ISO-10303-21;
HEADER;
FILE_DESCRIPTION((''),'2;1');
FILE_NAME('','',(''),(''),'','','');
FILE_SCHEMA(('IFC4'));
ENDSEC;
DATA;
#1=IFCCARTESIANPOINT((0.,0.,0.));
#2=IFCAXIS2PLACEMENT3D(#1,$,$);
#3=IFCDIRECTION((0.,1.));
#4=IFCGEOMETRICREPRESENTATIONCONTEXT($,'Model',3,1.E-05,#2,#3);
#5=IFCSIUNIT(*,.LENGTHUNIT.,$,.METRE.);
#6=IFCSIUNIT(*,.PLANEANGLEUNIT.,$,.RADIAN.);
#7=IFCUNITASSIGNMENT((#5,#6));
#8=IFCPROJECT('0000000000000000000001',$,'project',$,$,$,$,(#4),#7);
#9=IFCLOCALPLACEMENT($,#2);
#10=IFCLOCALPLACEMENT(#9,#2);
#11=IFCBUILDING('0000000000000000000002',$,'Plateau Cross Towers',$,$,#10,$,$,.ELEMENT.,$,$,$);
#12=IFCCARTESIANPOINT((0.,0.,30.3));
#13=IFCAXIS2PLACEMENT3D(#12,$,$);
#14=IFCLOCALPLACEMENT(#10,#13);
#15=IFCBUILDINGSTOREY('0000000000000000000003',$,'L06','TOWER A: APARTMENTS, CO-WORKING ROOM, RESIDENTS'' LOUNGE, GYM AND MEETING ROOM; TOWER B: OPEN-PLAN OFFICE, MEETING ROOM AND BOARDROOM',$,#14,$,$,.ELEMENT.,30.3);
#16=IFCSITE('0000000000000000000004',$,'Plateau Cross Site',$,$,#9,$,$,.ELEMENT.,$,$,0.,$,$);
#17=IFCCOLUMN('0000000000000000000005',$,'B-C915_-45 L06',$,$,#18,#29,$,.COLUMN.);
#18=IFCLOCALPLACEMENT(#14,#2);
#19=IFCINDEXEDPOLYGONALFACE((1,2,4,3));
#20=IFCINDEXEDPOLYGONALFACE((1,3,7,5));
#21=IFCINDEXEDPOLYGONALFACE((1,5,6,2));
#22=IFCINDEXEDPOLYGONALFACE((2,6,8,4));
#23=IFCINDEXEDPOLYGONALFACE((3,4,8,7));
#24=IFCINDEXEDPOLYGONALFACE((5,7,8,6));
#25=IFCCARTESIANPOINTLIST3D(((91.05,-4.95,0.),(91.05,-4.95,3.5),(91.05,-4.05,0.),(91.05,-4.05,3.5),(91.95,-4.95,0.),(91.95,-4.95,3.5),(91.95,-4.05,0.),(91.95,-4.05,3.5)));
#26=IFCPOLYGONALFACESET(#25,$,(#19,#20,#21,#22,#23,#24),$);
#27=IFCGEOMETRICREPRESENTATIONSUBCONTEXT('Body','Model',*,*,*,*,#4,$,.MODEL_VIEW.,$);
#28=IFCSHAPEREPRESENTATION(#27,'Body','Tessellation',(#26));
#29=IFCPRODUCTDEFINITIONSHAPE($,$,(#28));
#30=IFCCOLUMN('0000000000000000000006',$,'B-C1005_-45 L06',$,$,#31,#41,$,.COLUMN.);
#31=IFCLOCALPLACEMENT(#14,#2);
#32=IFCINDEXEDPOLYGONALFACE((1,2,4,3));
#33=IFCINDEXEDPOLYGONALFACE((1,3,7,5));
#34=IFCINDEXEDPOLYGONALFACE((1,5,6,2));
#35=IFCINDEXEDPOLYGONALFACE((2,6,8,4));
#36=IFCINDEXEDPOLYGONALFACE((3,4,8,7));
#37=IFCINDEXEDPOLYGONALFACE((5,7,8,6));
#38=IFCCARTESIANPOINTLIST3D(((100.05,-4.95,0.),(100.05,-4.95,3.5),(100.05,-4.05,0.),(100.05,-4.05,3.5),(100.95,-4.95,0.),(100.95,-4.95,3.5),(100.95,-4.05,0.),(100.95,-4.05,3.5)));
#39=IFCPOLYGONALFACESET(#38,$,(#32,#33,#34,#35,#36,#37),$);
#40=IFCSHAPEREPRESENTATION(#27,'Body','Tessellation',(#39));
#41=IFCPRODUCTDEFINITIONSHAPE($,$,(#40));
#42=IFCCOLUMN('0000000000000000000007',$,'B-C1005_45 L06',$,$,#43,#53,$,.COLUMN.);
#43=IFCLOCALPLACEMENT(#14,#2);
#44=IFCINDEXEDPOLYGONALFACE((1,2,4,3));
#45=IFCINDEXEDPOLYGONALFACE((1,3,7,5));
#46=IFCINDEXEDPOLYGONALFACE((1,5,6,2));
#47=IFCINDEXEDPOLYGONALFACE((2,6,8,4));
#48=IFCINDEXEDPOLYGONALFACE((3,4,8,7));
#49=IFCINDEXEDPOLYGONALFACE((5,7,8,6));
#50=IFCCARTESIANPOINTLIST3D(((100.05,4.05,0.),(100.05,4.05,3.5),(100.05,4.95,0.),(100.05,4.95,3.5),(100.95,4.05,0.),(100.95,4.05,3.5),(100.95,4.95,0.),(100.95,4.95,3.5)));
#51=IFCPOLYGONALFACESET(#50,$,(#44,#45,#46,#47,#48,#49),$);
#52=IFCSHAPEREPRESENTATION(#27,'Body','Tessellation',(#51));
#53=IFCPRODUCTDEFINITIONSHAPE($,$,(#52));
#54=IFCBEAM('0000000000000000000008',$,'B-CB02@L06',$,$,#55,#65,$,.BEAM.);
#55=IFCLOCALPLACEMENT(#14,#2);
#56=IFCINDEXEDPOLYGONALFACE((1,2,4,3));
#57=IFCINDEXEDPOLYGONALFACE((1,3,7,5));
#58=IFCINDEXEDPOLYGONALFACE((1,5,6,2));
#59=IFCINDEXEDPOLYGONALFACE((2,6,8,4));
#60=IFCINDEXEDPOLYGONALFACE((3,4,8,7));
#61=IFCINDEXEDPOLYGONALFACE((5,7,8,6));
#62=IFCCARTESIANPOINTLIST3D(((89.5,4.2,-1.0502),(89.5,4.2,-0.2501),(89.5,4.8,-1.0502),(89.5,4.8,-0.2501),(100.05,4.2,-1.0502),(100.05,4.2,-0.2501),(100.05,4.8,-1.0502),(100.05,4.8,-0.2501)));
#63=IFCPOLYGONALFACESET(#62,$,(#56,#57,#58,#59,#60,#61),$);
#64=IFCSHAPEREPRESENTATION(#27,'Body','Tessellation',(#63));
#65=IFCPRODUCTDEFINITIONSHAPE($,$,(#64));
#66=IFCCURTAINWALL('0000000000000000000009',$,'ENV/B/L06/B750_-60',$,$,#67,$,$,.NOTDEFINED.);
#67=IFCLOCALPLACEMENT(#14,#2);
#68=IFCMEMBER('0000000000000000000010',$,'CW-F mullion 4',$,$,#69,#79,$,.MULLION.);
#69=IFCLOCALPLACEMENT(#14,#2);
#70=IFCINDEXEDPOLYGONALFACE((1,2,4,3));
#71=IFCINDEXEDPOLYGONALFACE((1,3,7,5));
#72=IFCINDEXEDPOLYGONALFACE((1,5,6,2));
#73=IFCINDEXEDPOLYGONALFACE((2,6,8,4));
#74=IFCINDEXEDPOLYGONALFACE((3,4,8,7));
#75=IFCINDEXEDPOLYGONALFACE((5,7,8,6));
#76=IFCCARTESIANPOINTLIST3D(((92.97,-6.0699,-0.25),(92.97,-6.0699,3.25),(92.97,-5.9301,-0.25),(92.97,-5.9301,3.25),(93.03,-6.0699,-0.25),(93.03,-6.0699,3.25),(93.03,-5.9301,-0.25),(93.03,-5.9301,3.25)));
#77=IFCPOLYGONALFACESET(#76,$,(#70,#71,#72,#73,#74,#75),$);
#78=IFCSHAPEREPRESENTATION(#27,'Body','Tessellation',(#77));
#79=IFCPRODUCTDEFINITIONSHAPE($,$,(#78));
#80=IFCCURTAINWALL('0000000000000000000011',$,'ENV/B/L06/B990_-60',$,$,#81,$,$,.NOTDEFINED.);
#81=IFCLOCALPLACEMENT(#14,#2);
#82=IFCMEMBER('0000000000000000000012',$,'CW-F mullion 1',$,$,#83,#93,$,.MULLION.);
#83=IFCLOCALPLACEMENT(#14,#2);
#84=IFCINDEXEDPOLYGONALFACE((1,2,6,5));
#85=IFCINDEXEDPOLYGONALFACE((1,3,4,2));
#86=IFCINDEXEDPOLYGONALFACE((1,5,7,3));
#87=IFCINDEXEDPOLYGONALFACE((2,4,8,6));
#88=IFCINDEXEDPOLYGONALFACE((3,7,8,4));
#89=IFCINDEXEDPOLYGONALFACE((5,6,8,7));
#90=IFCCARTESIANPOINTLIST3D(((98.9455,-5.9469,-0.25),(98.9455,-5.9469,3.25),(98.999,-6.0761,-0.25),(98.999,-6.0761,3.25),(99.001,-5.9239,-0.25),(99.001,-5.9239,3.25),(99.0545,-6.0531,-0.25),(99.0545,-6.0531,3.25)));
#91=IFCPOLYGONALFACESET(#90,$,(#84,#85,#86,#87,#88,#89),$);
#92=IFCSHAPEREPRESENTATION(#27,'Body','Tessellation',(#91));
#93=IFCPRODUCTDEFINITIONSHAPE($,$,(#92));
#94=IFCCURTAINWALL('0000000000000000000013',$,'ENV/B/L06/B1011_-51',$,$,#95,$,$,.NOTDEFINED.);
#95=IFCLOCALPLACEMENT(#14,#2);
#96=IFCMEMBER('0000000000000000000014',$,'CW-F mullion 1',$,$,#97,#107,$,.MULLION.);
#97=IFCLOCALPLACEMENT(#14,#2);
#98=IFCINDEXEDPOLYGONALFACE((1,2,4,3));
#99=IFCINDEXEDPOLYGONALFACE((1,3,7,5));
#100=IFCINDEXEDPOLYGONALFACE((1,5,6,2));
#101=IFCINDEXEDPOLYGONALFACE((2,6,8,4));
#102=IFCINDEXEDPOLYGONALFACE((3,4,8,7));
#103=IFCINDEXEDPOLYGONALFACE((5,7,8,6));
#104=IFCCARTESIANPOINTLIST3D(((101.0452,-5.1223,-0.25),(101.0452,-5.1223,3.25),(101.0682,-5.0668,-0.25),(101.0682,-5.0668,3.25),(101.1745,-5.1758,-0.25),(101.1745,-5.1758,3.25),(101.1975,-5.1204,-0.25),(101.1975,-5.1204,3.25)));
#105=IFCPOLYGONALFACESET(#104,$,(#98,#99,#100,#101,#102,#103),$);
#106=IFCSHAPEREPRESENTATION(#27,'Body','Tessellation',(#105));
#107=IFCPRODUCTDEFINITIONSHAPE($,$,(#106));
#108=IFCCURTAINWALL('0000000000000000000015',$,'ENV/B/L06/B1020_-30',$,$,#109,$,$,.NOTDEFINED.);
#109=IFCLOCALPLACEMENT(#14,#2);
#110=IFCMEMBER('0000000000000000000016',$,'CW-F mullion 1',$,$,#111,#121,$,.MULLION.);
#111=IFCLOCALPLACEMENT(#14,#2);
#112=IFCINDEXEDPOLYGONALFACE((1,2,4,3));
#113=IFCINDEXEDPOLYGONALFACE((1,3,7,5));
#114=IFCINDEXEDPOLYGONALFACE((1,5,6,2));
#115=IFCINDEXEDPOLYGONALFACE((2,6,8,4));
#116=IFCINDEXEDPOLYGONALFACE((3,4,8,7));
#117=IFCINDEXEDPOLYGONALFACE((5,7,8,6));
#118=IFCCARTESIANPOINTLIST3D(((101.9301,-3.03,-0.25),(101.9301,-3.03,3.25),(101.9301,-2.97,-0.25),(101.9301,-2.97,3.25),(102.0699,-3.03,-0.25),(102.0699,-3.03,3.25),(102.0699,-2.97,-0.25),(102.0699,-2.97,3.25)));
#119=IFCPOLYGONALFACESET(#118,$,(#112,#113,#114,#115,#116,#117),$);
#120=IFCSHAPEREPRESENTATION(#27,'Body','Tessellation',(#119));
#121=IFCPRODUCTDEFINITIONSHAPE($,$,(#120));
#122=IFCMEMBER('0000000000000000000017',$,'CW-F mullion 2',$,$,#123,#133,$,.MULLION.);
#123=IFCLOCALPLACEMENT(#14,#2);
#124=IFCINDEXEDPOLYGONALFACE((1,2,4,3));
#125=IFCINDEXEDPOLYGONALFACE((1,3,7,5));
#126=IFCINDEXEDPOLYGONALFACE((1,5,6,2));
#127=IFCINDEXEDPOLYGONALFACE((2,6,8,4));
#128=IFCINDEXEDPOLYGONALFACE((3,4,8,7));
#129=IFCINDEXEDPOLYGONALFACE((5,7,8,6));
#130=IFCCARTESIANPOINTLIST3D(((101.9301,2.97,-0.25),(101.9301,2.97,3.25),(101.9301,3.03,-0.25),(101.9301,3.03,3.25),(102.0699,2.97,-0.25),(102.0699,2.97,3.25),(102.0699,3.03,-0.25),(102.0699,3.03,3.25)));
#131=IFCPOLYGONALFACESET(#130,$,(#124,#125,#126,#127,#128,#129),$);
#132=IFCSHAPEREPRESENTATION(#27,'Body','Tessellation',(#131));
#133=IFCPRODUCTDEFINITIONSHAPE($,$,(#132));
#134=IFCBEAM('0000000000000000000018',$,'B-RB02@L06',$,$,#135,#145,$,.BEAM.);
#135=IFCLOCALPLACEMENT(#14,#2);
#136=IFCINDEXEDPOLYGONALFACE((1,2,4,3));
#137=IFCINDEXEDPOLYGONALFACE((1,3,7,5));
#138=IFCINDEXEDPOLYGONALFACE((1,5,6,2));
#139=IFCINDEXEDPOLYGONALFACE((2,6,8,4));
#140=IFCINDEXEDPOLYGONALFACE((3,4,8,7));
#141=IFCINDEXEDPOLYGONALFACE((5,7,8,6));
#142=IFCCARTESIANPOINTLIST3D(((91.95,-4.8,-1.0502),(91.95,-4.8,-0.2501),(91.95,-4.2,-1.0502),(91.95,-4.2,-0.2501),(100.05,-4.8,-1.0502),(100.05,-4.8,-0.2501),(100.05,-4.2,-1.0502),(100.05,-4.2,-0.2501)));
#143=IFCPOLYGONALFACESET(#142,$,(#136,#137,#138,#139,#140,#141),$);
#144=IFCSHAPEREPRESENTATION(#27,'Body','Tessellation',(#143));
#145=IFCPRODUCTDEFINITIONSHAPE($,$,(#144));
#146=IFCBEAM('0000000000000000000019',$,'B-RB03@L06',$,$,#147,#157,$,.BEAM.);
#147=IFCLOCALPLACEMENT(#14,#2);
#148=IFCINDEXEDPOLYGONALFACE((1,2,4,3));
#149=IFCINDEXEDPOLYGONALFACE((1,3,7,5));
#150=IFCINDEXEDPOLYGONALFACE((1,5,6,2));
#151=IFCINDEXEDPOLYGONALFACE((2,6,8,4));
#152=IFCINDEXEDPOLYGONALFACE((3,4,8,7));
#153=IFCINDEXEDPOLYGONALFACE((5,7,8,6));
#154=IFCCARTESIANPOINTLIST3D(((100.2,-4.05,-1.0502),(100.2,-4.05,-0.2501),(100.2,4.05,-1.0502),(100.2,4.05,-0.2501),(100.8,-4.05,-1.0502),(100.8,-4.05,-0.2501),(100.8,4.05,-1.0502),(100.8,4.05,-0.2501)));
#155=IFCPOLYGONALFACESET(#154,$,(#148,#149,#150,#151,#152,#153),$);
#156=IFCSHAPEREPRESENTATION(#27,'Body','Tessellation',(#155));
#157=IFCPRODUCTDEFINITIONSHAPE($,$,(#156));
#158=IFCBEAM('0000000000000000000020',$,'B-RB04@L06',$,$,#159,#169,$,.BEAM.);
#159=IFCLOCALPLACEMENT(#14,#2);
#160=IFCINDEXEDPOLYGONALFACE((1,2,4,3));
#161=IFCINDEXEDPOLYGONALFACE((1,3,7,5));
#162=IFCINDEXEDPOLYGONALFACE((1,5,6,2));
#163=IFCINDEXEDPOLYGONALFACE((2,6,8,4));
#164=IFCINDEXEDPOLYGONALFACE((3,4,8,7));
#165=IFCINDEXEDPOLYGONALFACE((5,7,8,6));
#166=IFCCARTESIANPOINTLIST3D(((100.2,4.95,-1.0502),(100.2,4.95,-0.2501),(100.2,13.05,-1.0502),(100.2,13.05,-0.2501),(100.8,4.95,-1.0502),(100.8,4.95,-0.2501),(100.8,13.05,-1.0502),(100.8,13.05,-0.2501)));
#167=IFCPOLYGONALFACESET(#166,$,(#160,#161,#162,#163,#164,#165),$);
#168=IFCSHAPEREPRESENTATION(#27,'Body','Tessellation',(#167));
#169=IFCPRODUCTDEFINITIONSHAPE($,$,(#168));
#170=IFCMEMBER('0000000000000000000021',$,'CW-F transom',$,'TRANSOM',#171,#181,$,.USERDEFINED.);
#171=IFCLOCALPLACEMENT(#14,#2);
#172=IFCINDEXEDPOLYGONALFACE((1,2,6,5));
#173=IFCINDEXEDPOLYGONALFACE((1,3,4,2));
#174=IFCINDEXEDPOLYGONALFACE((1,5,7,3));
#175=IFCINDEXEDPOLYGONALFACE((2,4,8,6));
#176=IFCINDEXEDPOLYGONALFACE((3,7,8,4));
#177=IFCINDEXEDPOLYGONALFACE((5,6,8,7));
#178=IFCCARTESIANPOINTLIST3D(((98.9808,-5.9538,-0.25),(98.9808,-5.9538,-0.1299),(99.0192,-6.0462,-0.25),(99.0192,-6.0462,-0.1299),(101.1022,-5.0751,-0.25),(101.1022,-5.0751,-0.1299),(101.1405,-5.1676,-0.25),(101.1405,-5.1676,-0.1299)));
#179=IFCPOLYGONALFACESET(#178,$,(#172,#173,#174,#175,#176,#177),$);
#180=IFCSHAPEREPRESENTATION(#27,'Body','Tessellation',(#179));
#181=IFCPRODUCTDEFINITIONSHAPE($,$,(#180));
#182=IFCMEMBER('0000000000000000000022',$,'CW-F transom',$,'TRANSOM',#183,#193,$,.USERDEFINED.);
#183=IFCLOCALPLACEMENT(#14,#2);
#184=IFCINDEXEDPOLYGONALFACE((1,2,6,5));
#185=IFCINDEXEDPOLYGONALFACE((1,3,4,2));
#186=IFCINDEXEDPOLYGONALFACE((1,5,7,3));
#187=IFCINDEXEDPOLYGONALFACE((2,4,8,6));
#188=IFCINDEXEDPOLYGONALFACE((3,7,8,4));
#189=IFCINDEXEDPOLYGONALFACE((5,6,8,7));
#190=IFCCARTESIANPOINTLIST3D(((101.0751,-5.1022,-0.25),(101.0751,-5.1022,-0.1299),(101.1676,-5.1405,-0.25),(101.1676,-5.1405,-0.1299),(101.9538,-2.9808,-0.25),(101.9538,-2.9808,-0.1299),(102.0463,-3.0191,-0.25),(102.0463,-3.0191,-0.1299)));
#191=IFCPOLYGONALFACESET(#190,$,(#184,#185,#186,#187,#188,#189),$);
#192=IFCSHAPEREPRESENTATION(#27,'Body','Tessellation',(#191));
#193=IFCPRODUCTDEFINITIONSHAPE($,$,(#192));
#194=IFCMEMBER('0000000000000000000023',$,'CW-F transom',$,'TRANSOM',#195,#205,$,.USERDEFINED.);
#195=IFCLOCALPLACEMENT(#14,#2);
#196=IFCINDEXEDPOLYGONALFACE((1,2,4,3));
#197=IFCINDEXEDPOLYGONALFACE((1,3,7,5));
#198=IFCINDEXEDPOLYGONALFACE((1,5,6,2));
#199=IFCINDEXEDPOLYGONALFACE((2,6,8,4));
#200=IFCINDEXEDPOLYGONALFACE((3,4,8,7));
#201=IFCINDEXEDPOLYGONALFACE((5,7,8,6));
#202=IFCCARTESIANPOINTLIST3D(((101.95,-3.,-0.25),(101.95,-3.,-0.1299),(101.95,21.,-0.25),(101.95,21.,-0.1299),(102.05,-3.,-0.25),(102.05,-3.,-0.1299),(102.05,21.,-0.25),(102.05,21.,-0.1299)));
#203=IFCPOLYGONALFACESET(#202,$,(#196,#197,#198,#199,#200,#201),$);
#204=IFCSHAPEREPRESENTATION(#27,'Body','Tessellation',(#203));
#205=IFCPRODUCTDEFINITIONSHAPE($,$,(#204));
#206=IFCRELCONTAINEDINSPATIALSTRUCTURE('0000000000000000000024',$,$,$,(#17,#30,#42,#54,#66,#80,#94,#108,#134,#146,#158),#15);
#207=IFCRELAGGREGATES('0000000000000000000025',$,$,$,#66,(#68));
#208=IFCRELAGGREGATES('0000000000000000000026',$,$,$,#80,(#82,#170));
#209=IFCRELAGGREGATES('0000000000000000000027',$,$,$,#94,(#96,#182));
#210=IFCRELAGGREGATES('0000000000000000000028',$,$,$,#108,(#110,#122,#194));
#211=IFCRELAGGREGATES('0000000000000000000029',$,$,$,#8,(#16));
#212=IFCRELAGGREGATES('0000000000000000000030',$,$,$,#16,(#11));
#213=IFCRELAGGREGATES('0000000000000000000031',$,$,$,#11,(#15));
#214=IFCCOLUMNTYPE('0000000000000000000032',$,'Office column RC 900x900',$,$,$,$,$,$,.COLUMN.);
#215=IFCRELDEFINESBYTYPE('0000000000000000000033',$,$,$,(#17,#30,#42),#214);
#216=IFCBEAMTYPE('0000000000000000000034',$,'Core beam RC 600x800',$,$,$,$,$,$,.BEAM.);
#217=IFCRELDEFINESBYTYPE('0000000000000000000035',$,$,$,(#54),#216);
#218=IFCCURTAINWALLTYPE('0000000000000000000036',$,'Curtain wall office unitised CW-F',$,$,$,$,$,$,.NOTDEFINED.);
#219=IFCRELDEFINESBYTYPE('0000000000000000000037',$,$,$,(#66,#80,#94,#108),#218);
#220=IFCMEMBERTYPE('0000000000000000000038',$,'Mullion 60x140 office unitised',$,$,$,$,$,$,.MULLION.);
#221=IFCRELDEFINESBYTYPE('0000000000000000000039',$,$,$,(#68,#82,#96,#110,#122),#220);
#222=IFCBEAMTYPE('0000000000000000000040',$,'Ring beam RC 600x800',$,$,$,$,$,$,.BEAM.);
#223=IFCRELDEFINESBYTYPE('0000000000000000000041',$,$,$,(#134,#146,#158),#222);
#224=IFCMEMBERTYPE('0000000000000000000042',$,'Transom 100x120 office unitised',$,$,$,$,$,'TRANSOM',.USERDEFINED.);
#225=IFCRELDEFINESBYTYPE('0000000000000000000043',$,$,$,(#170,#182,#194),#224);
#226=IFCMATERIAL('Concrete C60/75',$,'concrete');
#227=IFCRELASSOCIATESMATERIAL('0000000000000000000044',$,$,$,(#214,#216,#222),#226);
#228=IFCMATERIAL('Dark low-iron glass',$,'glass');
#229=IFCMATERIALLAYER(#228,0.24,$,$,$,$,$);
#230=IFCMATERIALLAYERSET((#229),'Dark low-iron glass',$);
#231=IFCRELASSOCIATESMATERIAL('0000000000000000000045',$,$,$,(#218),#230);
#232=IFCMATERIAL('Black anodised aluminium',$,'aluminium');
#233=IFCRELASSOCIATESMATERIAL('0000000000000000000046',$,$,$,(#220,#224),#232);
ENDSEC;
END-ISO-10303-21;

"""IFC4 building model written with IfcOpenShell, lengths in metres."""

from ifc_helpers import new_model, si_unit, direction, frame, origin, origin_2d, place, context, subcontext, project, spatial, rectangle, extrude, material, layer, layer_set, material_profile, profile_set, type_object, element, aggregate, save


model = new_model("IFC4")

# Units and contexts
model_context = context("Model", 3, precision=1e-05, world=origin(), true_north=direction((0.0, 1.0)))
body_context = subcontext(model_context, "Body", "Model", "MODEL_VIEW")
ifc_project = project(units=[si_unit("LENGTHUNIT", "METRE"), si_unit("PLANEANGLEUNIT", "RADIAN")], contexts=[model_context])

# Site, building, storey
site_placement = place(None, origin())
site = spatial("IfcSite", under=ifc_project, at=site_placement, Name="Plateau Cross Site", CompositionType="ELEMENT", RefElevation=0.0)
building_placement = place(site_placement, origin())
building = spatial("IfcBuilding", under=site, at=building_placement, Name="Plateau Cross Towers", CompositionType="ELEMENT")
storey_placement = place(building_placement, frame((0.0, 0.0, 30.3)))
storey = spatial("IfcBuildingStorey", under=building, at=storey_placement, Name="L06", Description="TOWER A: APARTMENTS, CO-WORKING ROOM, RESIDENTS' LOUNGE, GYM AND MEETING ROOM; TOWER B: OPEN-PLAN OFFICE, MEETING ROOM AND BOARDROOM", CompositionType="ELEMENT", Elevation=30.3)

# Columns
ifc_material_1 = material(Name="Concrete C60/75", Category="concrete")
ifc_material_profile_1 = material_profile(ifc_material_1, rectangle(XDim=0.8999, YDim=0.8999, at=origin_2d()), Name="RC 900x900")
ifc_profile_set_1 = profile_set([ifc_material_profile_1], Name="Concrete C60/75")
column_type = type_object("IfcColumnType", Name="Office column RC 900x900", PredefinedType="COLUMN", material=ifc_profile_set_1)
for number, where, z_axis, x_axis, name in (
    (1, (91.5, -4.5, 0.0), (0.0, 0.0, 1.0), (1.0, 0.0, 0.0), "B-C915_-45 L06"),
    (2, (100.5, -4.5, 0.0), (0.0, 0.0, 1.0), (1.0, 0.0, 0.0), "B-C1005_-45 L06"),
    (3, (100.5, 4.5, 0.0), (0.0, 0.0, 1.0), (1.0, 0.0, 0.0), "B-C1005_45 L06"),
):
    element("IfcColumn", number, at=place(storey_placement, frame(where, z_axis=z_axis, x_axis=x_axis)), inside=storey, type_object=column_type, Name=name, PredefinedType="COLUMN", context=body_context, shape_type="SweptSolid", body=[
        extrude(rectangle(XDim=0.8999, YDim=0.8999, at=origin_2d()), origin(), (0.0, 0.0, 1.0), 3.5),
    ])

# Beam
ifc_material_profile_2 = material_profile(ifc_material_1, rectangle(XDim=0.6001, YDim=0.8, at=origin_2d()), Name="RC 600x800")
ifc_profile_set_2 = profile_set([ifc_material_profile_2], Name="Concrete C60/75")
beam_type_1 = type_object("IfcBeamType", Name="Core beam RC 600x800", PredefinedType="BEAM", material=ifc_profile_set_2)
beam_placement = place(storey_placement, frame((89.5, 4.5, -0.6501), z_axis=(1.0, 0.0, 0.0), x_axis=(0.0, 1.0, 0.0)))
element("IfcBeam", 4, at=beam_placement, inside=storey, type_object=beam_type_1, Name="B-CB02@L06", PredefinedType="BEAM", context=body_context, shape_type="SweptSolid", body=[
    extrude(rectangle(XDim=0.6001, YDim=0.8, at=origin_2d()), origin(), (0.0, 0.0, 1.0), 10.55),
])

# Curtain walls, members
ifc_material_2 = material(Name="Dark low-iron glass", Category="glass")
ifc_layer_1 = layer(ifc_material_2, 0.24)
ifc_layer_set_1 = layer_set([ifc_layer_1], Name="Dark low-iron glass")
curtain_wall_type = type_object("IfcCurtainWallType", Name="Curtain wall office unitised CW-F", PredefinedType="NOTDEFINED", material=ifc_layer_set_1)
curtain_wall_1_placement = place(storey_placement, origin())
curtain_wall_1 = element("IfcCurtainWall", 5, at=curtain_wall_1_placement, inside=storey, type_object=curtain_wall_type, Name="ENV/B/L06/B750_-60", PredefinedType="NOTDEFINED")
ifc_material_3 = material(Name="Black anodised aluminium", Category="aluminium")
ifc_material_profile_3 = material_profile(ifc_material_3, rectangle(XDim=0.0601, YDim=0.1399, at=origin_2d()), Name="MULLION 60x140")
ifc_profile_set_3 = profile_set([ifc_material_profile_3], Name="Black anodised aluminium")
member_type_1 = type_object("IfcMemberType", Name="Mullion 60x140 office unitised", PredefinedType="MULLION", material=ifc_profile_set_3)
member_1_placement = place(storey_placement, frame((93.0, -6.0, -0.25), z_axis=(0.0, 0.0, 1.0), x_axis=(1.0, 0.0, 0.0)))
member_1 = element("IfcMember", 6, at=member_1_placement, type_object=member_type_1, Name="CW-F mullion 4", PredefinedType="MULLION", context=body_context, shape_type="SweptSolid", body=[
    extrude(rectangle(XDim=0.0601, YDim=0.1399, at=origin_2d()), origin(), (0.0, 0.0, 1.0), 3.5),
])
curtain_wall_2_placement = place(storey_placement, origin())
curtain_wall_2 = element("IfcCurtainWall", 7, at=curtain_wall_2_placement, inside=storey, type_object=curtain_wall_type, Name="ENV/B/L06/B990_-60", PredefinedType="NOTDEFINED")
member_2_placement = place(storey_placement, frame((99.0, -6.0, -0.25), z_axis=(0.0, 0.0, 1.0), x_axis=(0.923879, 0.382684, 0.0)))
member_2 = element("IfcMember", 8, at=member_2_placement, type_object=member_type_1, Name="CW-F mullion 1", PredefinedType="MULLION", context=body_context, shape_type="SweptSolid", body=[
    extrude(rectangle(XDim=0.0601, YDim=0.1399, at=origin_2d()), origin(), (0.0, 0.0, 1.0), 3.5),
])
curtain_wall_3_placement = place(storey_placement, origin())
curtain_wall_3 = element("IfcCurtainWall", 9, at=curtain_wall_3_placement, inside=storey, type_object=curtain_wall_type, Name="ENV/B/L06/B1011_-51", PredefinedType="NOTDEFINED")
member_3_placement = place(storey_placement, frame((101.1213, -5.1213, -0.25), z_axis=(0.0, 0.0, 1.0), x_axis=(0.382684, 0.923879, 0.0)))
member_3 = element("IfcMember", 10, at=member_3_placement, type_object=member_type_1, Name="CW-F mullion 1", PredefinedType="MULLION", context=body_context, shape_type="SweptSolid", body=[
    extrude(rectangle(XDim=0.0601, YDim=0.1399, at=origin_2d()), origin(), (0.0, 0.0, 1.0), 3.5),
])

# Curtain wall, members
curtain_wall_4_placement = place(storey_placement, origin())
curtain_wall_4 = element("IfcCurtainWall", 11, at=curtain_wall_4_placement, inside=storey, type_object=curtain_wall_type, Name="ENV/B/L06/B1020_-30", PredefinedType="NOTDEFINED")
member_4_placement = place(storey_placement, frame((102.0, -3.0, -0.25), z_axis=(0.0, 0.0, 1.0), x_axis=(0.0, 1.0, 0.0)))
member_4 = element("IfcMember", 12, at=member_4_placement, type_object=member_type_1, Name="CW-F mullion 1", PredefinedType="MULLION", context=body_context, shape_type="SweptSolid", body=[
    extrude(rectangle(XDim=0.0601, YDim=0.1399, at=origin_2d()), origin(), (0.0, 0.0, 1.0), 3.5),
])
member_5_placement = place(storey_placement, frame((102.0, 3.0, -0.25), z_axis=(0.0, 0.0, 1.0), x_axis=(0.0, 1.0, 0.0)))
member_5 = element("IfcMember", 13, at=member_5_placement, type_object=member_type_1, Name="CW-F mullion 2", PredefinedType="MULLION", context=body_context, shape_type="SweptSolid", body=[
    extrude(rectangle(XDim=0.0601, YDim=0.1399, at=origin_2d()), origin(), (0.0, 0.0, 1.0), 3.5),
])

# Beams
ifc_material_profile_4 = material_profile(ifc_material_1, rectangle(XDim=0.6001, YDim=0.8, at=origin_2d()), Name="RC 600x800")
ifc_profile_set_4 = profile_set([ifc_material_profile_4], Name="Concrete C60/75")
beam_type_2 = type_object("IfcBeamType", Name="Ring beam RC 600x800", PredefinedType="BEAM", material=ifc_profile_set_4)
for number, where, z_axis, x_axis, name in (
    (14, (91.95, -4.5, -0.6501), (1.0, 0.0, 0.0), (0.0, 1.0, 0.0), "B-RB02@L06"),
    (15, (100.5, -4.05, -0.6501), (0.0, 1.0, 0.0), (-1.0, 0.0, 0.0), "B-RB03@L06"),
    (16, (100.5, 4.95, -0.6501), (0.0, 1.0, 0.0), (-1.0, 0.0, 0.0), "B-RB04@L06"),
):
    element("IfcBeam", number, at=place(storey_placement, frame(where, z_axis=z_axis, x_axis=x_axis)), inside=storey, type_object=beam_type_2, Name=name, PredefinedType="BEAM", context=body_context, shape_type="SweptSolid", body=[
        extrude(rectangle(XDim=0.6001, YDim=0.8, at=origin_2d()), origin(), (0.0, 0.0, 1.0), 8.1001),
    ])

# Members
ifc_material_profile_5 = material_profile(ifc_material_3, rectangle(XDim=0.1001, YDim=0.1201, at=origin_2d()), Name="TRANSOM 100x120")
ifc_profile_set_5 = profile_set([ifc_material_profile_5], Name="Black anodised aluminium")
member_type_2 = type_object("IfcMemberType", Name="Transom 100x120 office unitised", ElementType="TRANSOM", PredefinedType="USERDEFINED", material=ifc_profile_set_5)
member_6_placement = place(storey_placement, frame((99.0, -6.0, -0.1899), z_axis=(0.923883, 0.382674, 0.0), x_axis=(-0.382674, 0.923883, 0.0)))
member_6 = element("IfcMember", 17, at=member_6_placement, type_object=member_type_2, Name="CW-F transom", ObjectType="TRANSOM", PredefinedType="USERDEFINED", context=body_context, shape_type="SweptSolid", body=[
    extrude(rectangle(XDim=0.1001, YDim=0.1201, at=origin_2d()), origin(), (0.0, 0.0, 1.0), 2.2961),
])
member_7_placement = place(storey_placement, frame((101.1213, -5.1213, -0.1899), z_axis=(0.382674, 0.923883, 0.0), x_axis=(-0.923883, 0.382674, 0.0)))
member_7 = element("IfcMember", 18, at=member_7_placement, type_object=member_type_2, Name="CW-F transom", ObjectType="TRANSOM", PredefinedType="USERDEFINED", context=body_context, shape_type="SweptSolid", body=[
    extrude(rectangle(XDim=0.1001, YDim=0.1201, at=origin_2d()), origin(), (0.0, 0.0, 1.0), 2.2961),
])
member_8_placement = place(storey_placement, frame((102.0, -3.0, -0.1899), z_axis=(0.0, 1.0, 0.0), x_axis=(-1.0, 0.0, 0.0)))
member_8 = element("IfcMember", 19, at=member_8_placement, type_object=member_type_2, Name="CW-F transom", ObjectType="TRANSOM", PredefinedType="USERDEFINED", context=body_context, shape_type="SweptSolid", body=[
    extrude(rectangle(XDim=0.1001, YDim=0.1201, at=origin_2d()), origin(), (0.0, 0.0, 1.0), 24.0),
])

aggregate(curtain_wall_1, [member_1])
aggregate(curtain_wall_2, [member_2, member_6])
aggregate(curtain_wall_3, [member_3, member_7])
aggregate(curtain_wall_4, [member_4, member_5, member_8])

save(model, "model.ifc")
